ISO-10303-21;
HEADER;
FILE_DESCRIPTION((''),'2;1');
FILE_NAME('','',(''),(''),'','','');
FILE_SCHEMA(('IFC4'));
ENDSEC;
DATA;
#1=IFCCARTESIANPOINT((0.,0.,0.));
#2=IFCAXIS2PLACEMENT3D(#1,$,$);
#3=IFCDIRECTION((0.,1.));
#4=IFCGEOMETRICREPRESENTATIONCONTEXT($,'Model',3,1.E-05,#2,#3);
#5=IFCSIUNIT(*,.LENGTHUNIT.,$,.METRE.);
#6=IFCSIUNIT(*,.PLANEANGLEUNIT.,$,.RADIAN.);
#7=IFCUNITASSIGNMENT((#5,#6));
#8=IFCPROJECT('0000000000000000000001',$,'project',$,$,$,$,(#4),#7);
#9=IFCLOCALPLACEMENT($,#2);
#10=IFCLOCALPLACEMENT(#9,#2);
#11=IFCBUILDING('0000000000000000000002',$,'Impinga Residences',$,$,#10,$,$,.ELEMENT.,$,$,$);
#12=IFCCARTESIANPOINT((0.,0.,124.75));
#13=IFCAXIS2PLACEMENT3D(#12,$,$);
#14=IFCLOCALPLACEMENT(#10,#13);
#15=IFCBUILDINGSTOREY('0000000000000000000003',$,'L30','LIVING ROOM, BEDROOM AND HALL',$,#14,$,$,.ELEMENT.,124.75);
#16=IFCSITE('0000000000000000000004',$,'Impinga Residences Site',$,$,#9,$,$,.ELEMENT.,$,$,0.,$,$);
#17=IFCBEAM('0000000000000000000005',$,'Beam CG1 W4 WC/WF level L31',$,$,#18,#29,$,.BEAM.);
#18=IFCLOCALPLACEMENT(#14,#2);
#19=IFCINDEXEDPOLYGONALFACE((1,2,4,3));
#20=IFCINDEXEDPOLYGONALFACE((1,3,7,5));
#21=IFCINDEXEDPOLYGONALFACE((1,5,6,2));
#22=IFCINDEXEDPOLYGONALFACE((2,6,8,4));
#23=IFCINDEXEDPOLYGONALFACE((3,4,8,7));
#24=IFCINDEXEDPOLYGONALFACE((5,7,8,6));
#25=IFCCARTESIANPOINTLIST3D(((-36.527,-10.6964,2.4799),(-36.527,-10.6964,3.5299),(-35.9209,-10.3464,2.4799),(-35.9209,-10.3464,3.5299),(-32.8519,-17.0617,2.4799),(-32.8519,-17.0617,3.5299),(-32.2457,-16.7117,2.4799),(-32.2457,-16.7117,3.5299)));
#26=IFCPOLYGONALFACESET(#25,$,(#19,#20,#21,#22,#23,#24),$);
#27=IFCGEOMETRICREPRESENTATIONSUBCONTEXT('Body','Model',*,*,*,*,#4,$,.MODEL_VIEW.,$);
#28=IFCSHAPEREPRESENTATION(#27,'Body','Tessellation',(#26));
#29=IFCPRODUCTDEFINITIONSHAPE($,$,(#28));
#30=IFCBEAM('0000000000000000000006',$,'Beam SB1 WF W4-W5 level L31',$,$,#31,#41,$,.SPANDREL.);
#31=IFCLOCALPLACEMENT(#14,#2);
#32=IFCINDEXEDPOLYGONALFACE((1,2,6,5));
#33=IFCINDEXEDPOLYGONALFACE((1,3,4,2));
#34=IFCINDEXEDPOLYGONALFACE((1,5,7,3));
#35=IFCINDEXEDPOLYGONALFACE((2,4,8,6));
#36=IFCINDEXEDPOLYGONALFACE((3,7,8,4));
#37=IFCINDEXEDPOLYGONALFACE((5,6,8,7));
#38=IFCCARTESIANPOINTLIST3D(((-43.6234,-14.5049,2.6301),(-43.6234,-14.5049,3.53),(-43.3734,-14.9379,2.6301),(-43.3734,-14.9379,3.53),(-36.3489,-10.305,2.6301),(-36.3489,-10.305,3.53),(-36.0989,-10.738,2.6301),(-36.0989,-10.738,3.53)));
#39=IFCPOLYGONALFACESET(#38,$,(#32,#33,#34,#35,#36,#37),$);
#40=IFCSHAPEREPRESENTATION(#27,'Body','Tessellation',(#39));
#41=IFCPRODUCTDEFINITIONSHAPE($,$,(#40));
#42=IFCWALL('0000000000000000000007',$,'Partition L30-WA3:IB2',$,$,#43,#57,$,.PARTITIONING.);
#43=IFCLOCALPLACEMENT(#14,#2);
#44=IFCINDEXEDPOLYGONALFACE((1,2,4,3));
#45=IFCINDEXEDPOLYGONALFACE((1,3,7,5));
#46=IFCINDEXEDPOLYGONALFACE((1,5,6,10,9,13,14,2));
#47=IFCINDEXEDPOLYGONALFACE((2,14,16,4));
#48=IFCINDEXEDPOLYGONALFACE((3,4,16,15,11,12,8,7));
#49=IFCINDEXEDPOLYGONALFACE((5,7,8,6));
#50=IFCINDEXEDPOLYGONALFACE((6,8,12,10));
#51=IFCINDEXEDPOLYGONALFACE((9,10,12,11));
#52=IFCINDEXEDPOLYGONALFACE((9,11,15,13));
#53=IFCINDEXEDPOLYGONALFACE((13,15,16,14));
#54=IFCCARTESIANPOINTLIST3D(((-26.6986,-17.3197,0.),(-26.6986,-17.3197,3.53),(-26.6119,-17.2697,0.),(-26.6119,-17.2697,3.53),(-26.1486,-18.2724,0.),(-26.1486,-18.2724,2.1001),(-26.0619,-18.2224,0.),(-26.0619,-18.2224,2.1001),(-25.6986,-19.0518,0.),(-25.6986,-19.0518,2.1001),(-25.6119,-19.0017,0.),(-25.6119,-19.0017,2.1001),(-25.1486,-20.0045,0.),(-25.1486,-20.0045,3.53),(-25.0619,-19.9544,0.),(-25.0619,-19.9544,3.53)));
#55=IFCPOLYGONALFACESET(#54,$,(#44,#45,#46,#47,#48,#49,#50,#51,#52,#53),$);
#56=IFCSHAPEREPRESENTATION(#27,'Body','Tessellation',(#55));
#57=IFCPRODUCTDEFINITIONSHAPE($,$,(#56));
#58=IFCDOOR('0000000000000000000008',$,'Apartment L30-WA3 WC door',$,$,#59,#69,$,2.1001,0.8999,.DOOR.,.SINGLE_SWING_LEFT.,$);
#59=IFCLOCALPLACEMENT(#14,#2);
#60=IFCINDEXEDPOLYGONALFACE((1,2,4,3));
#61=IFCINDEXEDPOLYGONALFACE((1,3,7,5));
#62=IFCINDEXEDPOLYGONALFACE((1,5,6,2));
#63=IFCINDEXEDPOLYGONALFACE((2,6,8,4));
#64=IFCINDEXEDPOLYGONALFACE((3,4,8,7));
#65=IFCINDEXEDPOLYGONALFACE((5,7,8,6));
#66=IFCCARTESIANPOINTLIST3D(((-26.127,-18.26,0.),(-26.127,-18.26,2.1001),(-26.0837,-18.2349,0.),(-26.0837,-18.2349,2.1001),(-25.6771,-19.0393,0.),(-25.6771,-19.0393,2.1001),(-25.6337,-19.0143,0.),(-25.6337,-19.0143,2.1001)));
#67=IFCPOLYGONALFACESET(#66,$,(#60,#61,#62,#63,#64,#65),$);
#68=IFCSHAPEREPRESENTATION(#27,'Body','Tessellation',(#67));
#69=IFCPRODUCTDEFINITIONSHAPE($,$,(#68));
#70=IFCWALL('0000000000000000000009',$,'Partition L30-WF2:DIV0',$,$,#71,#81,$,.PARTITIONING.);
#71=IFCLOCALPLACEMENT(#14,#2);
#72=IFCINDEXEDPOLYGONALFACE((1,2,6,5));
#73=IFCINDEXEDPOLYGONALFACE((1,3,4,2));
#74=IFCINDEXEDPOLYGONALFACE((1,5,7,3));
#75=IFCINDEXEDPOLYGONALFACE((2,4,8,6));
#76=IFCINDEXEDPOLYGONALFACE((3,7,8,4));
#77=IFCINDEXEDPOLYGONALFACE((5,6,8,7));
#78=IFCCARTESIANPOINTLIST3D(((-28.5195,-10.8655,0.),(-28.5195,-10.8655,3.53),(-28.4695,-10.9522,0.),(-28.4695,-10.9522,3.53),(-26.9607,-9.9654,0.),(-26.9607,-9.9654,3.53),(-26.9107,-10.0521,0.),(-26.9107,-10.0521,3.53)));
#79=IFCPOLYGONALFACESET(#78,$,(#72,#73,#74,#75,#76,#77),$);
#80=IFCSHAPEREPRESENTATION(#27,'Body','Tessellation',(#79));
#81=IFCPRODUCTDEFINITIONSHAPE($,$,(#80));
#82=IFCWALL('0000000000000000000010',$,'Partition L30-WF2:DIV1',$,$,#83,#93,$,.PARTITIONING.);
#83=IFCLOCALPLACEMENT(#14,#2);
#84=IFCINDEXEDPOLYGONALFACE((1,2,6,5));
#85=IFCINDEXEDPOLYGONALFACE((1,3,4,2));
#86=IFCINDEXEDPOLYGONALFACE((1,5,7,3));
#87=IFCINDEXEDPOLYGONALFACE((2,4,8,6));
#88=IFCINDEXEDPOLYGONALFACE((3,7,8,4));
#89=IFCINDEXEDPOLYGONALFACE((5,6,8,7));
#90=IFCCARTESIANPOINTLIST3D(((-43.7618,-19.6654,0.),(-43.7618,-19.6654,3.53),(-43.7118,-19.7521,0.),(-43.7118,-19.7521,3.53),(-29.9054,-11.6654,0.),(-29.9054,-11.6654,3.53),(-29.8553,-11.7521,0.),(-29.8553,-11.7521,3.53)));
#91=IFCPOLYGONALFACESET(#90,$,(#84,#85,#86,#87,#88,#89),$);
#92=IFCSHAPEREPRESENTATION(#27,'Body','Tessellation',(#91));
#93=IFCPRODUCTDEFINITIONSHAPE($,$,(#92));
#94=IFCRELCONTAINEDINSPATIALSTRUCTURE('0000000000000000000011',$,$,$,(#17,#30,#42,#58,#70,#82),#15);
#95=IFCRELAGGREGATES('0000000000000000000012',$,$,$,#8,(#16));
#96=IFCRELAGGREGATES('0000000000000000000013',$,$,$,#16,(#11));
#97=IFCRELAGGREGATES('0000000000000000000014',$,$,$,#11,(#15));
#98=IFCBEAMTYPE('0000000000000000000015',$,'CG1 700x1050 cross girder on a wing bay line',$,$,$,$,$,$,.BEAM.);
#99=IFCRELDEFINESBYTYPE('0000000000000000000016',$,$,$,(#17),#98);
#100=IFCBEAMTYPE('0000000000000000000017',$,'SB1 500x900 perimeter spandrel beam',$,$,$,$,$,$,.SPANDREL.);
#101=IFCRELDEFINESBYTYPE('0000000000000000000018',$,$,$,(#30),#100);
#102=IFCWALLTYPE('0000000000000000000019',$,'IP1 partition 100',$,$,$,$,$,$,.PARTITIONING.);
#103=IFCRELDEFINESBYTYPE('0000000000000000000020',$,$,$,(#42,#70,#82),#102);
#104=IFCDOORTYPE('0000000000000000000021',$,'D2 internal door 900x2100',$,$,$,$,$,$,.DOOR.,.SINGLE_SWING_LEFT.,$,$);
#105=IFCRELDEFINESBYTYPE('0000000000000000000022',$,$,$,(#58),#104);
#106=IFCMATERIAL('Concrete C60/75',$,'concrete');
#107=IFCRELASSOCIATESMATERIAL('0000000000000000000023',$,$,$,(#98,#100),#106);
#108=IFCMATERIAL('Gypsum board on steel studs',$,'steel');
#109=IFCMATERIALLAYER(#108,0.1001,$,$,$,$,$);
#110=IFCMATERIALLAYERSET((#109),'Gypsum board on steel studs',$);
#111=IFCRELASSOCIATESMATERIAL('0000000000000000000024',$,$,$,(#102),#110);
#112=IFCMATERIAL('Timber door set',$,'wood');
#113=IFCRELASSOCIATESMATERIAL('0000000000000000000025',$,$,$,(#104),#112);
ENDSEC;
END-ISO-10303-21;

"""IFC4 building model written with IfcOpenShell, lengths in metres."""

from ifc_helpers import new_model, si_unit, direction, frame, frame_2d, origin, origin_2d, place, context, subcontext, project, spatial, rectangle, extrude, material, layer, layer_set, material_profile, profile_set, type_object, element, fill, save


model = new_model("IFC4")

# Units and contexts
model_context = context("Model", 3, precision=1e-05, world=origin(), true_north=direction((0.0, 1.0)))
body_context = subcontext(model_context, "Body", "Model", "MODEL_VIEW")
ifc_project = project(units=[si_unit("LENGTHUNIT", "METRE"), si_unit("PLANEANGLEUNIT", "RADIAN")], contexts=[model_context])

# Site, building, storey
site_placement = place(None, origin())
site = spatial("IfcSite", under=ifc_project, at=site_placement, Name="Impinga Residences Site", CompositionType="ELEMENT", RefElevation=0.0)
building_placement = place(site_placement, origin())
building = spatial("IfcBuilding", under=site, at=building_placement, Name="Impinga Residences", CompositionType="ELEMENT")
storey_placement = place(building_placement, frame((0.0, 0.0, 124.75)))
storey = spatial("IfcBuildingStorey", under=building, at=storey_placement, Name="L30", Description="LIVING ROOM, BEDROOM AND HALL", CompositionType="ELEMENT", Elevation=124.75)

# Beams
ifc_material_1 = material(Name="Concrete C60/75", Category="concrete")
ifc_material_profile_1 = material_profile(ifc_material_1, rectangle(XDim=0.7, YDim=1.05, at=origin_2d()), Name="RC 700x1050")
ifc_profile_set_1 = profile_set([ifc_material_profile_1], Name="Concrete C60/75")
beam_type_1 = type_object("IfcBeamType", Name="CG1 700x1050 cross girder on a wing bay line", PredefinedType="BEAM", material=ifc_profile_set_1)
beam_1_placement = place(storey_placement, frame((-32.5488, -16.8867, 3.0049), z_axis=(-0.500008, 0.866021, 0.0), x_axis=(-0.866021, -0.500008, 0.0)))
element("IfcBeam", 1, at=beam_1_placement, inside=storey, type_object=beam_type_1, Name="Beam CG1 W4 WC/WF level L31", PredefinedType="BEAM", context=body_context, shape_type="SweptSolid", body=[
    extrude(rectangle(XDim=0.7, YDim=1.05, at=origin_2d()), origin(), (0.0, 0.0, 1.0), 7.3501),
])
ifc_material_profile_2 = material_profile(ifc_material_1, rectangle(XDim=0.5, YDim=0.8999, at=origin_2d()), Name="RC 500x900")
ifc_profile_set_2 = profile_set([ifc_material_profile_2], Name="Concrete C60/75")
beam_type_2 = type_object("IfcBeamType", Name="SB1 500x900 perimeter spandrel beam", PredefinedType="SPANDREL", material=ifc_profile_set_2)
beam_2_placement = place(storey_placement, frame((-36.2239, -10.5215, 3.0801), z_axis=(-0.866029, -0.499993, 0.0), x_axis=(0.499993, -0.866029, 0.0)))
element("IfcBeam", 2, at=beam_2_placement, inside=storey, type_object=beam_type_2, Name="Beam SB1 WF W4-W5 level L31", PredefinedType="SPANDREL", context=body_context, shape_type="SweptSolid", body=[
    extrude(rectangle(XDim=0.5, YDim=0.8999, at=origin_2d()), origin(), (0.0, 0.0, 1.0), 8.3999),
])

# Wall, opening, door
ifc_material_2 = material(Name="Gypsum board on steel studs", Category="steel")
ifc_layer_1 = layer(ifc_material_2, 0.1001)
ifc_layer_set_1 = layer_set([ifc_layer_1], Name="Gypsum board on steel studs")
wall_type_1 = type_object("IfcWallType", Name="IP1 partition 100", PredefinedType="PARTITIONING", material=ifc_layer_set_1)
wall_1_placement = place(storey_placement, frame((-26.6553, -17.2947, 0.0), z_axis=(0.0, 0.0, 1.0), x_axis=(0.499993, -0.86603, 0.0)))
wall_1 = element("IfcWall", 3, at=wall_1_placement, inside=storey, type_object=wall_type_1, Name="Partition L30-WA3:IB2", PredefinedType="PARTITIONING", context=body_context, shape_type="SweptSolid", body=[
    extrude(rectangle(XDim=3.1001, YDim=0.1001, at=frame_2d((1.55, 0.0))), origin(), (0.0, 0.0, 1.0), 3.53),
])
opening_1_placement = place(wall_1_placement, frame((1.1001, 0.0, 0.0)))
opening_1 = element("IfcOpeningElement", 4, at=opening_1_placement, cuts=wall_1, PredefinedType="OPENING", context=body_context, shape_type="SweptSolid", body=[
    extrude(rectangle(XDim=0.8999, YDim=2.1001, at=frame_2d((0.45, 1.05))), frame((0.0, 0.0601, 0.0), z_axis=(0.0, -1.0, 0.0), x_axis=(1.0, 0.0, 0.0)), (0.0, 0.0, 1.0), 0.1201),
])
ifc_material_3 = material(Name="Timber door set", Category="wood")
door_type = type_object("IfcDoorType", Name="D2 internal door 900x2100", OperationType="SINGLE_SWING_LEFT", PredefinedType="DOOR", material=ifc_material_3)
door_1_placement = place(opening_1_placement, origin())
door_1 = element("IfcDoor", 5, at=door_1_placement, inside=storey, type_object=door_type, Name="Apartment L30-WA3 WC door", OperationType="SINGLE_SWING_LEFT", OverallHeight=2.1001, OverallWidth=0.8999, PredefinedType="DOOR", context=body_context, shape_type="SweptSolid", body=[
    extrude(rectangle(XDim=0.8999, YDim=2.1001, at=frame_2d((0.45, 1.05))), frame((0.0, 0.0249, 0.0), z_axis=(0.0, -1.0, 0.0), x_axis=(1.0, 0.0, 0.0)), (0.0, 0.0, 1.0), 0.05),
])
fill(opening_1, door_1)

# Walls
wall_2_placement = place(storey_placement, frame((-26.9358, -10.0088, 0.0), z_axis=(0.0, 0.0, 1.0), x_axis=(-0.865989, -0.500063, 0.0)))
element("IfcWall", 6, at=wall_2_placement, inside=storey, type_object=wall_type_1, Name="Partition L30-WF2:DIV0", PredefinedType="PARTITIONING", context=body_context, shape_type="SweptSolid", body=[
    extrude(rectangle(XDim=1.8, YDim=0.1001, at=frame_2d((0.8999, 0.0))), origin(), (0.0, 0.0, 1.0), 3.53),
])
wall_3_placement = place(storey_placement, frame((-29.8804, -11.7087, 0.0), z_axis=(0.0, 0.0, 1.0), x_axis=(-0.866026, -0.499999, 0.0)))
element("IfcWall", 7, at=wall_3_placement, inside=storey, type_object=wall_type_1, Name="Partition L30-WF2:DIV1", PredefinedType="PARTITIONING", context=body_context, shape_type="SweptSolid", body=[
    extrude(rectangle(XDim=16.0, YDim=0.1001, at=frame_2d((8.0, 0.0))), origin(), (0.0, 0.0, 1.0), 3.53),
])

save(model, "model.ifc")
